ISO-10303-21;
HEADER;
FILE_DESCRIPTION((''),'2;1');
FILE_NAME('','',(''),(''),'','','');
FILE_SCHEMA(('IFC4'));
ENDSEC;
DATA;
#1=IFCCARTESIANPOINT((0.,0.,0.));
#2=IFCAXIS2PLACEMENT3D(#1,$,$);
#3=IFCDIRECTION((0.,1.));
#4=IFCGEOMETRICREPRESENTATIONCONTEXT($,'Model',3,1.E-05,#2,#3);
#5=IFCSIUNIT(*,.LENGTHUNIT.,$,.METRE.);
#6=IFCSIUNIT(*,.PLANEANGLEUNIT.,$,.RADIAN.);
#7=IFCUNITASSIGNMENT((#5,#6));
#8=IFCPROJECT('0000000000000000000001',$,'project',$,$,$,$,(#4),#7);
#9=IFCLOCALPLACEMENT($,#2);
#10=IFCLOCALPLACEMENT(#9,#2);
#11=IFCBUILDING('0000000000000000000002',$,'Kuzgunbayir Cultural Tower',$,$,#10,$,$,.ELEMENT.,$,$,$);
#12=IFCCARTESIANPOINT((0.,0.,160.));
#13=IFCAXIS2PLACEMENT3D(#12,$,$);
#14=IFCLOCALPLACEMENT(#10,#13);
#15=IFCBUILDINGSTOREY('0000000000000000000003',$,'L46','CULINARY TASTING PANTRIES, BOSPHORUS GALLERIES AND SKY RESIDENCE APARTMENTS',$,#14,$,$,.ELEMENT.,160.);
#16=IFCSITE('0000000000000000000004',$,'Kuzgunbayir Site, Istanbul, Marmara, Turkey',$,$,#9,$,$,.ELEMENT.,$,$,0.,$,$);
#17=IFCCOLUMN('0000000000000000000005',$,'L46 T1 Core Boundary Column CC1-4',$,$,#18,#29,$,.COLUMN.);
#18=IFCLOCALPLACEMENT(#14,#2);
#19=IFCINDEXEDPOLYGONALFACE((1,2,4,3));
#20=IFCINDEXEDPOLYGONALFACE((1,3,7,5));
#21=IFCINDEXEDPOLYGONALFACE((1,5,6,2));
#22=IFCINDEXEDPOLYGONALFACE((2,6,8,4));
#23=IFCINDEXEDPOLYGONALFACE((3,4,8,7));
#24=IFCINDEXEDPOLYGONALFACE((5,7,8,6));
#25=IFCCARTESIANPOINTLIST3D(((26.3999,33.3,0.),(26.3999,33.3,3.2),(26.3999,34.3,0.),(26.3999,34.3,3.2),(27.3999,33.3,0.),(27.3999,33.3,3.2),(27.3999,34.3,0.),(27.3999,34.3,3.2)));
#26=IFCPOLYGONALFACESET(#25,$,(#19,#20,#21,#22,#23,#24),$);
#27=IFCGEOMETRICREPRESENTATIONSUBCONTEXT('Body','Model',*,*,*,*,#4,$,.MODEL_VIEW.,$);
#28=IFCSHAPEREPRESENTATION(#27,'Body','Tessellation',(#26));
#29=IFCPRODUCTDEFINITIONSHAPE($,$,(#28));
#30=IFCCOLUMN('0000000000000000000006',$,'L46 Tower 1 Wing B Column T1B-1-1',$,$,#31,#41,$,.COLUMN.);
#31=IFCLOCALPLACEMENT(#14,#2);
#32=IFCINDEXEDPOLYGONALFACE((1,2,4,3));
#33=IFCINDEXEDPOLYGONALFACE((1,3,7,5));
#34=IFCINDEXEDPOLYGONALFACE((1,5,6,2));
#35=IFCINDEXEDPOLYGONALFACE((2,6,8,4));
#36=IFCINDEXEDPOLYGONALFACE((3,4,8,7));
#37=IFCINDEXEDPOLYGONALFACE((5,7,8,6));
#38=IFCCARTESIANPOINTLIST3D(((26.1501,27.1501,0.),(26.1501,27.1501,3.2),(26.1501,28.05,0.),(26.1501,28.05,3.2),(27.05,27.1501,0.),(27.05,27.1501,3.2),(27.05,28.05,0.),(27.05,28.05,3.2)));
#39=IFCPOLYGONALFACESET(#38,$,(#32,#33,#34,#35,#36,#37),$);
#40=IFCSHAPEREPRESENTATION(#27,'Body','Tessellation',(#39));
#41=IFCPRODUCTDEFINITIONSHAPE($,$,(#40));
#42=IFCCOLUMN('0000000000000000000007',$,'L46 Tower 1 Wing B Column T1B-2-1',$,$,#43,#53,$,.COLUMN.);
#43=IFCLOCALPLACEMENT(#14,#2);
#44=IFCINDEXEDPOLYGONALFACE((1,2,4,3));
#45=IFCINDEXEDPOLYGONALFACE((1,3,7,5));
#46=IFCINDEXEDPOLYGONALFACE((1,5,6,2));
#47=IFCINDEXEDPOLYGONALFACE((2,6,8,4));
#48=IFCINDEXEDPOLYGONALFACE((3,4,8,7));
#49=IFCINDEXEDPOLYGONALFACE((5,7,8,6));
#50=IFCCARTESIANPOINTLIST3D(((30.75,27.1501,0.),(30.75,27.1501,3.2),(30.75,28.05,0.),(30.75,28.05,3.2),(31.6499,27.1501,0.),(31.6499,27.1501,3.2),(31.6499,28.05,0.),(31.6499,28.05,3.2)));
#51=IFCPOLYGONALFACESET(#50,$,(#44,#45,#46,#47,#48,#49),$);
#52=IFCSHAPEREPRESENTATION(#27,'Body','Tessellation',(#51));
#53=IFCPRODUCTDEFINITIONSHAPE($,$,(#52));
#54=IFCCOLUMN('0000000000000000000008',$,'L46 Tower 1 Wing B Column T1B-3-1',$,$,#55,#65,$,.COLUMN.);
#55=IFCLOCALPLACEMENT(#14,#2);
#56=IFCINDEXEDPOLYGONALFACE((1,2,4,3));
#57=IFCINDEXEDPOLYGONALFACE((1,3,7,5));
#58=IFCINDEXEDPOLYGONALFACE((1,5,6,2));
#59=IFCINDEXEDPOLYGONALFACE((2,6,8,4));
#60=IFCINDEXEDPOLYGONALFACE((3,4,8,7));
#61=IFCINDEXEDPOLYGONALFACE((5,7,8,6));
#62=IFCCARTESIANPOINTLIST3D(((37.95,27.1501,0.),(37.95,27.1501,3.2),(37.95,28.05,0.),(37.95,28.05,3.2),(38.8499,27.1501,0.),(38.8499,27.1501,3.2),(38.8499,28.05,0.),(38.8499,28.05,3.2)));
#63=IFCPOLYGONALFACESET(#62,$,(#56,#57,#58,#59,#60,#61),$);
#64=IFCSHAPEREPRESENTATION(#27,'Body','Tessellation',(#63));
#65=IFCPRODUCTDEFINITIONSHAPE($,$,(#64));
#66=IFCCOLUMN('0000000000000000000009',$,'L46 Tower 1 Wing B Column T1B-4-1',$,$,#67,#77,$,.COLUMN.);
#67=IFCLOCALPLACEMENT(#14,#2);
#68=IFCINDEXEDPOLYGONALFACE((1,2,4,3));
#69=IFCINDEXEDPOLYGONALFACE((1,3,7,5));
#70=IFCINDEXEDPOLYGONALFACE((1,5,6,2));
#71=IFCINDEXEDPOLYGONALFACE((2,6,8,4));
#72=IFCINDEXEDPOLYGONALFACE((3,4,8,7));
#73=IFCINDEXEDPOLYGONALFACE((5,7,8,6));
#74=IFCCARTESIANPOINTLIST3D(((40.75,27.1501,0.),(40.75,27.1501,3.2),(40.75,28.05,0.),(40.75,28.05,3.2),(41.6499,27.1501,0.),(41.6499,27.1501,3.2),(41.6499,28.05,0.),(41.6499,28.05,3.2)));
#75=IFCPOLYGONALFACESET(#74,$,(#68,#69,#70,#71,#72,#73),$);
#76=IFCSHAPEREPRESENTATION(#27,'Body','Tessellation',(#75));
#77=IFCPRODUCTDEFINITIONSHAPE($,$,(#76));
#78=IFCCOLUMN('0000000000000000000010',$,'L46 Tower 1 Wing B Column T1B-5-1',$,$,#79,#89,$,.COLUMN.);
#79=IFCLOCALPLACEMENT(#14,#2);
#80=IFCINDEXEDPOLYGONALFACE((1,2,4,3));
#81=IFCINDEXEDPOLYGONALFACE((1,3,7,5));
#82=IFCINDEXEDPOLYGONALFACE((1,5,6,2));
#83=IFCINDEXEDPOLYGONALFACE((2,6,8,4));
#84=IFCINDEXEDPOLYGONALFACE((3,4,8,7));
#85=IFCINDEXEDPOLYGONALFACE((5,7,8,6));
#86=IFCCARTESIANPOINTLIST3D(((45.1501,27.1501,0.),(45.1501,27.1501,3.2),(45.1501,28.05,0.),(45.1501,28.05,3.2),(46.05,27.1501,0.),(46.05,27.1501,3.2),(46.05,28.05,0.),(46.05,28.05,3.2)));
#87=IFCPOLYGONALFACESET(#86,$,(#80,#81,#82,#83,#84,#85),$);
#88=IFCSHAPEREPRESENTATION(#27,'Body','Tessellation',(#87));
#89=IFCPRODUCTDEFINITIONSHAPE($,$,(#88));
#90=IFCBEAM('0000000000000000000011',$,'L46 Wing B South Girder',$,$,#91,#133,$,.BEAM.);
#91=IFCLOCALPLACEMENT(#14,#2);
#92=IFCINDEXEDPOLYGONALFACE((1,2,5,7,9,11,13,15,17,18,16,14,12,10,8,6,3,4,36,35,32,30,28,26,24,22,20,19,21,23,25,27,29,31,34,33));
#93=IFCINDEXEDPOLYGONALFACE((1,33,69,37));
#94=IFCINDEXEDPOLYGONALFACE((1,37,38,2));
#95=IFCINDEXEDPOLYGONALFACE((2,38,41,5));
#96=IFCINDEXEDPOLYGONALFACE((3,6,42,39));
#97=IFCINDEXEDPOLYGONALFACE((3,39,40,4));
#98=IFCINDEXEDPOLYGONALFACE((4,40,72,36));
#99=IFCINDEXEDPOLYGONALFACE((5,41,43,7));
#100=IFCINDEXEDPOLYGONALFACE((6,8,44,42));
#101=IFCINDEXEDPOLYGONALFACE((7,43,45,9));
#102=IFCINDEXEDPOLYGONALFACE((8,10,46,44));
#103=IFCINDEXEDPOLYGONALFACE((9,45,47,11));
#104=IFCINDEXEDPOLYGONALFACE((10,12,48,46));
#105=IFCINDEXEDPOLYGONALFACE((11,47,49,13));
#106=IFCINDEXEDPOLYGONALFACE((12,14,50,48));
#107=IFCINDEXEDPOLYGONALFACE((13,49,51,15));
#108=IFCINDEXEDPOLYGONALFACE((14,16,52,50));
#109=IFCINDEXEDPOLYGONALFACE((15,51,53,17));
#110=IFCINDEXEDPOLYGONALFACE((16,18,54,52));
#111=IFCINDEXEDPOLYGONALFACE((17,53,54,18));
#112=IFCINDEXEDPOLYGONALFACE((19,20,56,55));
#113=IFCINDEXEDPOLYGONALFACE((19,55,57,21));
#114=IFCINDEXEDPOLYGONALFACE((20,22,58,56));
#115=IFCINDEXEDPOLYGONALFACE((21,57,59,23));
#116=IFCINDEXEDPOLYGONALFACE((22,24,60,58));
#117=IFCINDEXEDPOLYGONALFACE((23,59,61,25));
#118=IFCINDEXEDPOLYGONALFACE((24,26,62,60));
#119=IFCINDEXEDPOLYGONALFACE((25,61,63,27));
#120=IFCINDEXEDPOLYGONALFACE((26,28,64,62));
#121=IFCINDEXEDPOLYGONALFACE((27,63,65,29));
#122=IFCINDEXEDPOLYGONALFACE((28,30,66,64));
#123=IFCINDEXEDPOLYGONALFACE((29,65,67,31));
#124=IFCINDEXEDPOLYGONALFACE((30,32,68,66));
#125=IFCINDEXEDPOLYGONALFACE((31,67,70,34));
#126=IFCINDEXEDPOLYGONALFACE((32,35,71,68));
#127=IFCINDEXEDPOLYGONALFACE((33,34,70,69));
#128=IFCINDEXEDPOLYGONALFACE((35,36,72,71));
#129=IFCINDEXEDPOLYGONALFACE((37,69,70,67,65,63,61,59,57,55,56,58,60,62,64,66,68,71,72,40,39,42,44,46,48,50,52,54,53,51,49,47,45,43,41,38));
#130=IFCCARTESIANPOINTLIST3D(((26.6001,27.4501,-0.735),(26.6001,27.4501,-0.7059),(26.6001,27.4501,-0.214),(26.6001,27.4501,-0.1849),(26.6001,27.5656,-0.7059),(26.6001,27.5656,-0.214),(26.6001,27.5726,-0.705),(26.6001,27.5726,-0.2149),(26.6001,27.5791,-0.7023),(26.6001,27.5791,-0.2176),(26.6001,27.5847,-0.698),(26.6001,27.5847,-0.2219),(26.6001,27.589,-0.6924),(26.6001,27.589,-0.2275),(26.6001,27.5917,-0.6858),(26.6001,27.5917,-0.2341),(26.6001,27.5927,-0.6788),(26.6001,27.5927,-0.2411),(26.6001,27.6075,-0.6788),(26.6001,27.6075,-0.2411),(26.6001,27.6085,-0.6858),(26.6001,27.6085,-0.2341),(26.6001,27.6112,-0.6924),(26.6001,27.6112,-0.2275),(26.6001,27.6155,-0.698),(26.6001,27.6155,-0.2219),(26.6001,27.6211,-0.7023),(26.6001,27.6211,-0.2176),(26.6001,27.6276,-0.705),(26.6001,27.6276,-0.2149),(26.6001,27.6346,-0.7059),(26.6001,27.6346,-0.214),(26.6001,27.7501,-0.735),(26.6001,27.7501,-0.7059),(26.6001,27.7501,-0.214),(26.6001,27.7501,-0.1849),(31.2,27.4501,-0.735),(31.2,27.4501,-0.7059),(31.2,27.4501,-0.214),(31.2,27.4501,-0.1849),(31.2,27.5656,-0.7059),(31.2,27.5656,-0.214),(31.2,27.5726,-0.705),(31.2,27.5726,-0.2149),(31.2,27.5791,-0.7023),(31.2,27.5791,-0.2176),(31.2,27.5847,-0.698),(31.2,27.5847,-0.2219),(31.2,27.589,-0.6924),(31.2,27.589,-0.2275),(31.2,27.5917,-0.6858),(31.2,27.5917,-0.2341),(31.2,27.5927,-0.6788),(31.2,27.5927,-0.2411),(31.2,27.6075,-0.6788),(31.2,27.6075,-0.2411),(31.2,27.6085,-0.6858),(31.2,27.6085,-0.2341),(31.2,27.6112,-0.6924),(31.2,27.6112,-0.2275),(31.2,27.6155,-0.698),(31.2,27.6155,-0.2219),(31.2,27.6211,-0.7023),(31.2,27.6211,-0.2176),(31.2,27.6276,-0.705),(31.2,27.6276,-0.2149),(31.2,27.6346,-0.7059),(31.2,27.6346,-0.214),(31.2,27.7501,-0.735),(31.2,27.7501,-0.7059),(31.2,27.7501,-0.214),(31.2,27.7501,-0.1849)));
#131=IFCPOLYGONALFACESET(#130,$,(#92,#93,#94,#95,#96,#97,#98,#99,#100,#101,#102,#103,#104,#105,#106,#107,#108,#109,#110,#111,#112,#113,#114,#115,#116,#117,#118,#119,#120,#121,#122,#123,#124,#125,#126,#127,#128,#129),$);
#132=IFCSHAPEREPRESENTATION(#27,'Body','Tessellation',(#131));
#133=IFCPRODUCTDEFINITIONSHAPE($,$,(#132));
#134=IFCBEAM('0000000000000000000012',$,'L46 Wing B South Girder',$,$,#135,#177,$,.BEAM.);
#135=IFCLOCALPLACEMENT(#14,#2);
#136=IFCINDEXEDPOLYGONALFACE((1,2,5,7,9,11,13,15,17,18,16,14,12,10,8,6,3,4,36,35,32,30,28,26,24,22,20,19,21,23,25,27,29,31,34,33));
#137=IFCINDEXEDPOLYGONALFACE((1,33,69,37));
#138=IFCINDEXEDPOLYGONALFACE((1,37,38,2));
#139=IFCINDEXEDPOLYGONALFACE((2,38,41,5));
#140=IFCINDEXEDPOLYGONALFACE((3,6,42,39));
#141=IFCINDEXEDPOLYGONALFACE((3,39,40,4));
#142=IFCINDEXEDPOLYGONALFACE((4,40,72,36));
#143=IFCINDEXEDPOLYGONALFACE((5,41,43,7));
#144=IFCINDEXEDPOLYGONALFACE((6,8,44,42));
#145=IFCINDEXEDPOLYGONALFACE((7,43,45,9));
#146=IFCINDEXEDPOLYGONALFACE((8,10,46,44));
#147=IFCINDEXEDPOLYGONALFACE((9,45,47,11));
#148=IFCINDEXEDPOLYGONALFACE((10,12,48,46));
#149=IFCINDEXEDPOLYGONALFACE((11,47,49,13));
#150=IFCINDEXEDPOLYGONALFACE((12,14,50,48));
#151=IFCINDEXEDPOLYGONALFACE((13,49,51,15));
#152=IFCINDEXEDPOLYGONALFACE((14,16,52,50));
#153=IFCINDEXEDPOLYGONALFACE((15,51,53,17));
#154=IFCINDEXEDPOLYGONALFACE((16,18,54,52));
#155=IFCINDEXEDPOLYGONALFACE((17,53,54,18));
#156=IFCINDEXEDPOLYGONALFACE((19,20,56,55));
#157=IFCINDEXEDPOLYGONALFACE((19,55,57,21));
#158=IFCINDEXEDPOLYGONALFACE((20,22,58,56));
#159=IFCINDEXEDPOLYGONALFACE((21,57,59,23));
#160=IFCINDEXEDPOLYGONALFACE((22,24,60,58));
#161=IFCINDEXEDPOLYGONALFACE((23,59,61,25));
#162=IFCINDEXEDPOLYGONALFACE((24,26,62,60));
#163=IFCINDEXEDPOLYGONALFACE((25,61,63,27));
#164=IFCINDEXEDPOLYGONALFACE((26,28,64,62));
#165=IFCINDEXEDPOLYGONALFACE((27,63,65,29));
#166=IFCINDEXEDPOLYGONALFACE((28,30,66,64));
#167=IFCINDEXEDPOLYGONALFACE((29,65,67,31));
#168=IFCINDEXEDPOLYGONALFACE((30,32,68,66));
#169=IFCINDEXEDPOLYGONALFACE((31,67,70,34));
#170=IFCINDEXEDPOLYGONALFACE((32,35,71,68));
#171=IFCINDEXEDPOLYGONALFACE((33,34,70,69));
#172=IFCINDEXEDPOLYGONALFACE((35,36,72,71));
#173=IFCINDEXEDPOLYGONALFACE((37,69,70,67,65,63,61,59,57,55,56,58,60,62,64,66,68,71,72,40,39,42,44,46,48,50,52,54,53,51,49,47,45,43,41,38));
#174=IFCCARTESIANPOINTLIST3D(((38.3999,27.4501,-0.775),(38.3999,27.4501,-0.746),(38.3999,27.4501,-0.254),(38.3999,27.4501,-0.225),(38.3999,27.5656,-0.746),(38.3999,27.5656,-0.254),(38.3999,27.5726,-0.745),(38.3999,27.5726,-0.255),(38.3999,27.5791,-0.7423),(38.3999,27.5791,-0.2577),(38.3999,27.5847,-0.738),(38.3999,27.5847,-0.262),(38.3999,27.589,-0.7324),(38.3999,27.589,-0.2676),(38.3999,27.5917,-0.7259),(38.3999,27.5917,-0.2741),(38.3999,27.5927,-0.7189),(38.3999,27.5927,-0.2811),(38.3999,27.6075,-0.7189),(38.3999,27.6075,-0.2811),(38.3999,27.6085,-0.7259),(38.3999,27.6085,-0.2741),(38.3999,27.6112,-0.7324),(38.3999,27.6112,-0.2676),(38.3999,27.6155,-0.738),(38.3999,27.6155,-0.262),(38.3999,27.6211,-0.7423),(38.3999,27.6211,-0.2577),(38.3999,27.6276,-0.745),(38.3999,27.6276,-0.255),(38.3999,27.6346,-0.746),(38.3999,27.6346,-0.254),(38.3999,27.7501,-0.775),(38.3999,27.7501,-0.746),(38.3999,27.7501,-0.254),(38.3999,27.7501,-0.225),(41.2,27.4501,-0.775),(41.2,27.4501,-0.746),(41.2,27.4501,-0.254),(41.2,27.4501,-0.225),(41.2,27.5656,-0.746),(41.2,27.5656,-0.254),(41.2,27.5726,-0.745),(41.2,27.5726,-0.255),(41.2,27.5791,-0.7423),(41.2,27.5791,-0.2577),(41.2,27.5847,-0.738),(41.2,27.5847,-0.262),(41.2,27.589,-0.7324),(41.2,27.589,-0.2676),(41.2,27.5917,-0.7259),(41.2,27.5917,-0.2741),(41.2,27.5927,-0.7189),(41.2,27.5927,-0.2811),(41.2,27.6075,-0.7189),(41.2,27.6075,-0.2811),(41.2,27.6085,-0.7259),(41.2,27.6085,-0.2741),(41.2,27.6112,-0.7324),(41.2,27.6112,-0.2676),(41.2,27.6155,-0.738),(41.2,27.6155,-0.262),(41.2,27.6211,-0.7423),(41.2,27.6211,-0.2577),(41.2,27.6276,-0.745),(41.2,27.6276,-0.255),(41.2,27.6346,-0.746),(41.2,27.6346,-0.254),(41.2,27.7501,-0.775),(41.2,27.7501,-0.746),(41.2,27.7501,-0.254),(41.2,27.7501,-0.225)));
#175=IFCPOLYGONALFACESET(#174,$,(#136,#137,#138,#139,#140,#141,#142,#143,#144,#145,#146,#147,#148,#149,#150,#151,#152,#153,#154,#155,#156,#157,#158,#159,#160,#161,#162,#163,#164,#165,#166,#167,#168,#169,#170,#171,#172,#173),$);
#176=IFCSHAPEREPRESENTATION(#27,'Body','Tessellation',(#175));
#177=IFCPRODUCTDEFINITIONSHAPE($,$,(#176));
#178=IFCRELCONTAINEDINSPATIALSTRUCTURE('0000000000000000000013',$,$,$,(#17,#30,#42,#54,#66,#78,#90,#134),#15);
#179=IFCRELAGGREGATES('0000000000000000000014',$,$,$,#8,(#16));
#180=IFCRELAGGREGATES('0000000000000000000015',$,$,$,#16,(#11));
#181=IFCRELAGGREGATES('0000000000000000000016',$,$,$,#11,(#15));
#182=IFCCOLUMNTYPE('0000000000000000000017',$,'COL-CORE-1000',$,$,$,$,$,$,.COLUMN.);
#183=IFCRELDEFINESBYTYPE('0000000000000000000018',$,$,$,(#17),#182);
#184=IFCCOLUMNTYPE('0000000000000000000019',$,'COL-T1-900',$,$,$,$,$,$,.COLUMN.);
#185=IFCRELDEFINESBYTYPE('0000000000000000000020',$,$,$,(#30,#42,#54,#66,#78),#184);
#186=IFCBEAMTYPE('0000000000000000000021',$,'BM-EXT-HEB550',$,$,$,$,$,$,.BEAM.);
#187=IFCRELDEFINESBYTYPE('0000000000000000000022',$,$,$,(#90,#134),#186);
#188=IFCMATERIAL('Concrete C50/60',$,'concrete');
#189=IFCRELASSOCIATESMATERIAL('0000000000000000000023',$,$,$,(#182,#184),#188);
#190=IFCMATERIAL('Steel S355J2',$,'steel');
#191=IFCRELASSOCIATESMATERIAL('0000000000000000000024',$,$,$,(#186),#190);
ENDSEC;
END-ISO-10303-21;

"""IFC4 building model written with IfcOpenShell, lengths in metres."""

from ifc_helpers import new_model, si_unit, direction, frame, origin, origin_2d, place, context, subcontext, project, spatial, rectangle, i_section, extrude, material, material_profile, profile_set, type_object, element, save


model = new_model("IFC4")

# Units and contexts
model_context = context("Model", 3, precision=1e-05, world=origin(), true_north=direction((0.0, 1.0)))
body_context = subcontext(model_context, "Body", "Model", "MODEL_VIEW")
ifc_project = project(units=[si_unit("LENGTHUNIT", "METRE"), si_unit("PLANEANGLEUNIT", "RADIAN")], contexts=[model_context])

# Site, building, storey
site_placement = place(None, origin())
site = spatial("IfcSite", under=ifc_project, at=site_placement, Name="Kuzgunbayir Site, Istanbul, Marmara, Turkey", CompositionType="ELEMENT", RefElevation=0.0)
building_placement = place(site_placement, origin())
building = spatial("IfcBuilding", under=site, at=building_placement, Name="Kuzgunbayir Cultural Tower", CompositionType="ELEMENT")
storey_placement = place(building_placement, frame((0.0, 0.0, 160.0)))
storey = spatial("IfcBuildingStorey", under=building, at=storey_placement, Name="L46", Description="CULINARY TASTING PANTRIES, BOSPHORUS GALLERIES AND SKY RESIDENCE APARTMENTS", CompositionType="ELEMENT", Elevation=160.0)

# Columns
ifc_material_1 = material(Name="Concrete C50/60", Category="concrete")
ifc_material_profile_1 = material_profile(ifc_material_1, rectangle(XDim=1.0, YDim=1.0, at=origin_2d()), Name="RC 1000x1000")
ifc_profile_set_1 = profile_set([ifc_material_profile_1], Name="Concrete C50/60")
column_type_1 = type_object("IfcColumnType", Name="COL-CORE-1000", PredefinedType="COLUMN", material=ifc_profile_set_1)
column_placement = place(storey_placement, frame((26.8999, 33.8, 0.0), z_axis=(0.0, 0.0, 1.0), x_axis=(1.0, 0.0, 0.0)))
element("IfcColumn", 1, at=column_placement, inside=storey, type_object=column_type_1, Name="L46 T1 Core Boundary Column CC1-4", PredefinedType="COLUMN", context=body_context, shape_type="SweptSolid", body=[
    extrude(rectangle(XDim=1.0, YDim=1.0, at=origin_2d()), origin(), (0.0, 0.0, 1.0), 3.2),
])
ifc_material_profile_2 = material_profile(ifc_material_1, rectangle(XDim=0.8999, YDim=0.8999, at=origin_2d()), Name="RC 900x900")
ifc_profile_set_2 = profile_set([ifc_material_profile_2], Name="Concrete C50/60")
column_type_2 = type_object("IfcColumnType", Name="COL-T1-900", PredefinedType="COLUMN", material=ifc_profile_set_2)
for number, where, z_axis, x_axis, name in (
    (2, (26.6001, 27.6001, 0.0), (0.0, 0.0, 1.0), (1.0, 0.0, 0.0), "L46 Tower 1 Wing B Column T1B-1-1"),
    (3, (31.2, 27.6001, 0.0), (0.0, 0.0, 1.0), (1.0, 0.0, 0.0), "L46 Tower 1 Wing B Column T1B-2-1"),
    (4, (38.3999, 27.6001, 0.0), (0.0, 0.0, 1.0), (1.0, 0.0, 0.0), "L46 Tower 1 Wing B Column T1B-3-1"),
    (5, (41.2, 27.6001, 0.0), (0.0, 0.0, 1.0), (1.0, 0.0, 0.0), "L46 Tower 1 Wing B Column T1B-4-1"),
    (6, (45.6001, 27.6001, 0.0), (0.0, 0.0, 1.0), (1.0, 0.0, 0.0), "L46 Tower 1 Wing B Column T1B-5-1"),
):
    element("IfcColumn", number, at=place(storey_placement, frame(where, z_axis=z_axis, x_axis=x_axis)), inside=storey, type_object=column_type_2, Name=name, PredefinedType="COLUMN", context=body_context, shape_type="SweptSolid", body=[
        extrude(rectangle(XDim=0.8999, YDim=0.8999, at=origin_2d()), origin(), (0.0, 0.0, 1.0), 3.2),
    ])

# Beams
ifc_material_2 = material(Name="Steel S355J2", Category="steel")
ifc_material_profile_3 = material_profile(ifc_material_2, i_section(OverallWidth=0.3, OverallDepth=0.55, WebThickness=0.0149, FlangeThickness=0.0291, FilletRadius=0.0271, at=origin_2d()), Name="HEB 550")
ifc_profile_set_3 = profile_set([ifc_material_profile_3], Name="Steel S355J2")
beam_type_1 = type_object("IfcBeamType", Name="BM-EXT-HEB550", PredefinedType="BEAM", material=ifc_profile_set_3)
beam_1_placement = place(storey_placement, frame((26.6001, 27.6001, -0.46), z_axis=(1.0, 0.0, 0.0), x_axis=(0.0, 1.0, 0.0)))
element("IfcBeam", 7, at=beam_1_placement, inside=storey, type_object=beam_type_1, Name="L46 Wing B South Girder", PredefinedType="BEAM", context=body_context, shape_type="SweptSolid", body=[
    extrude(i_section(OverallWidth=0.3, OverallDepth=0.55, WebThickness=0.0149, FlangeThickness=0.0291, FilletRadius=0.0271, at=origin_2d()), origin(), (0.0, 0.0, 1.0), 4.5999),
])
beam_2_placement = place(storey_placement, frame((38.3999, 27.6001, -0.5), z_axis=(1.0, 0.0, 0.0), x_axis=(0.0, 1.0, 0.0)))
element("IfcBeam", 8, at=beam_2_placement, inside=storey, type_object=beam_type_1, Name="L46 Wing B South Girder", PredefinedType="BEAM", context=body_context, shape_type="SweptSolid", body=[
    extrude(i_section(OverallWidth=0.3, OverallDepth=0.55, WebThickness=0.0149, FlangeThickness=0.0291, FilletRadius=0.0271, at=origin_2d()), origin(), (0.0, 0.0, 1.0), 2.8),
])

save(model, "model.ifc")
